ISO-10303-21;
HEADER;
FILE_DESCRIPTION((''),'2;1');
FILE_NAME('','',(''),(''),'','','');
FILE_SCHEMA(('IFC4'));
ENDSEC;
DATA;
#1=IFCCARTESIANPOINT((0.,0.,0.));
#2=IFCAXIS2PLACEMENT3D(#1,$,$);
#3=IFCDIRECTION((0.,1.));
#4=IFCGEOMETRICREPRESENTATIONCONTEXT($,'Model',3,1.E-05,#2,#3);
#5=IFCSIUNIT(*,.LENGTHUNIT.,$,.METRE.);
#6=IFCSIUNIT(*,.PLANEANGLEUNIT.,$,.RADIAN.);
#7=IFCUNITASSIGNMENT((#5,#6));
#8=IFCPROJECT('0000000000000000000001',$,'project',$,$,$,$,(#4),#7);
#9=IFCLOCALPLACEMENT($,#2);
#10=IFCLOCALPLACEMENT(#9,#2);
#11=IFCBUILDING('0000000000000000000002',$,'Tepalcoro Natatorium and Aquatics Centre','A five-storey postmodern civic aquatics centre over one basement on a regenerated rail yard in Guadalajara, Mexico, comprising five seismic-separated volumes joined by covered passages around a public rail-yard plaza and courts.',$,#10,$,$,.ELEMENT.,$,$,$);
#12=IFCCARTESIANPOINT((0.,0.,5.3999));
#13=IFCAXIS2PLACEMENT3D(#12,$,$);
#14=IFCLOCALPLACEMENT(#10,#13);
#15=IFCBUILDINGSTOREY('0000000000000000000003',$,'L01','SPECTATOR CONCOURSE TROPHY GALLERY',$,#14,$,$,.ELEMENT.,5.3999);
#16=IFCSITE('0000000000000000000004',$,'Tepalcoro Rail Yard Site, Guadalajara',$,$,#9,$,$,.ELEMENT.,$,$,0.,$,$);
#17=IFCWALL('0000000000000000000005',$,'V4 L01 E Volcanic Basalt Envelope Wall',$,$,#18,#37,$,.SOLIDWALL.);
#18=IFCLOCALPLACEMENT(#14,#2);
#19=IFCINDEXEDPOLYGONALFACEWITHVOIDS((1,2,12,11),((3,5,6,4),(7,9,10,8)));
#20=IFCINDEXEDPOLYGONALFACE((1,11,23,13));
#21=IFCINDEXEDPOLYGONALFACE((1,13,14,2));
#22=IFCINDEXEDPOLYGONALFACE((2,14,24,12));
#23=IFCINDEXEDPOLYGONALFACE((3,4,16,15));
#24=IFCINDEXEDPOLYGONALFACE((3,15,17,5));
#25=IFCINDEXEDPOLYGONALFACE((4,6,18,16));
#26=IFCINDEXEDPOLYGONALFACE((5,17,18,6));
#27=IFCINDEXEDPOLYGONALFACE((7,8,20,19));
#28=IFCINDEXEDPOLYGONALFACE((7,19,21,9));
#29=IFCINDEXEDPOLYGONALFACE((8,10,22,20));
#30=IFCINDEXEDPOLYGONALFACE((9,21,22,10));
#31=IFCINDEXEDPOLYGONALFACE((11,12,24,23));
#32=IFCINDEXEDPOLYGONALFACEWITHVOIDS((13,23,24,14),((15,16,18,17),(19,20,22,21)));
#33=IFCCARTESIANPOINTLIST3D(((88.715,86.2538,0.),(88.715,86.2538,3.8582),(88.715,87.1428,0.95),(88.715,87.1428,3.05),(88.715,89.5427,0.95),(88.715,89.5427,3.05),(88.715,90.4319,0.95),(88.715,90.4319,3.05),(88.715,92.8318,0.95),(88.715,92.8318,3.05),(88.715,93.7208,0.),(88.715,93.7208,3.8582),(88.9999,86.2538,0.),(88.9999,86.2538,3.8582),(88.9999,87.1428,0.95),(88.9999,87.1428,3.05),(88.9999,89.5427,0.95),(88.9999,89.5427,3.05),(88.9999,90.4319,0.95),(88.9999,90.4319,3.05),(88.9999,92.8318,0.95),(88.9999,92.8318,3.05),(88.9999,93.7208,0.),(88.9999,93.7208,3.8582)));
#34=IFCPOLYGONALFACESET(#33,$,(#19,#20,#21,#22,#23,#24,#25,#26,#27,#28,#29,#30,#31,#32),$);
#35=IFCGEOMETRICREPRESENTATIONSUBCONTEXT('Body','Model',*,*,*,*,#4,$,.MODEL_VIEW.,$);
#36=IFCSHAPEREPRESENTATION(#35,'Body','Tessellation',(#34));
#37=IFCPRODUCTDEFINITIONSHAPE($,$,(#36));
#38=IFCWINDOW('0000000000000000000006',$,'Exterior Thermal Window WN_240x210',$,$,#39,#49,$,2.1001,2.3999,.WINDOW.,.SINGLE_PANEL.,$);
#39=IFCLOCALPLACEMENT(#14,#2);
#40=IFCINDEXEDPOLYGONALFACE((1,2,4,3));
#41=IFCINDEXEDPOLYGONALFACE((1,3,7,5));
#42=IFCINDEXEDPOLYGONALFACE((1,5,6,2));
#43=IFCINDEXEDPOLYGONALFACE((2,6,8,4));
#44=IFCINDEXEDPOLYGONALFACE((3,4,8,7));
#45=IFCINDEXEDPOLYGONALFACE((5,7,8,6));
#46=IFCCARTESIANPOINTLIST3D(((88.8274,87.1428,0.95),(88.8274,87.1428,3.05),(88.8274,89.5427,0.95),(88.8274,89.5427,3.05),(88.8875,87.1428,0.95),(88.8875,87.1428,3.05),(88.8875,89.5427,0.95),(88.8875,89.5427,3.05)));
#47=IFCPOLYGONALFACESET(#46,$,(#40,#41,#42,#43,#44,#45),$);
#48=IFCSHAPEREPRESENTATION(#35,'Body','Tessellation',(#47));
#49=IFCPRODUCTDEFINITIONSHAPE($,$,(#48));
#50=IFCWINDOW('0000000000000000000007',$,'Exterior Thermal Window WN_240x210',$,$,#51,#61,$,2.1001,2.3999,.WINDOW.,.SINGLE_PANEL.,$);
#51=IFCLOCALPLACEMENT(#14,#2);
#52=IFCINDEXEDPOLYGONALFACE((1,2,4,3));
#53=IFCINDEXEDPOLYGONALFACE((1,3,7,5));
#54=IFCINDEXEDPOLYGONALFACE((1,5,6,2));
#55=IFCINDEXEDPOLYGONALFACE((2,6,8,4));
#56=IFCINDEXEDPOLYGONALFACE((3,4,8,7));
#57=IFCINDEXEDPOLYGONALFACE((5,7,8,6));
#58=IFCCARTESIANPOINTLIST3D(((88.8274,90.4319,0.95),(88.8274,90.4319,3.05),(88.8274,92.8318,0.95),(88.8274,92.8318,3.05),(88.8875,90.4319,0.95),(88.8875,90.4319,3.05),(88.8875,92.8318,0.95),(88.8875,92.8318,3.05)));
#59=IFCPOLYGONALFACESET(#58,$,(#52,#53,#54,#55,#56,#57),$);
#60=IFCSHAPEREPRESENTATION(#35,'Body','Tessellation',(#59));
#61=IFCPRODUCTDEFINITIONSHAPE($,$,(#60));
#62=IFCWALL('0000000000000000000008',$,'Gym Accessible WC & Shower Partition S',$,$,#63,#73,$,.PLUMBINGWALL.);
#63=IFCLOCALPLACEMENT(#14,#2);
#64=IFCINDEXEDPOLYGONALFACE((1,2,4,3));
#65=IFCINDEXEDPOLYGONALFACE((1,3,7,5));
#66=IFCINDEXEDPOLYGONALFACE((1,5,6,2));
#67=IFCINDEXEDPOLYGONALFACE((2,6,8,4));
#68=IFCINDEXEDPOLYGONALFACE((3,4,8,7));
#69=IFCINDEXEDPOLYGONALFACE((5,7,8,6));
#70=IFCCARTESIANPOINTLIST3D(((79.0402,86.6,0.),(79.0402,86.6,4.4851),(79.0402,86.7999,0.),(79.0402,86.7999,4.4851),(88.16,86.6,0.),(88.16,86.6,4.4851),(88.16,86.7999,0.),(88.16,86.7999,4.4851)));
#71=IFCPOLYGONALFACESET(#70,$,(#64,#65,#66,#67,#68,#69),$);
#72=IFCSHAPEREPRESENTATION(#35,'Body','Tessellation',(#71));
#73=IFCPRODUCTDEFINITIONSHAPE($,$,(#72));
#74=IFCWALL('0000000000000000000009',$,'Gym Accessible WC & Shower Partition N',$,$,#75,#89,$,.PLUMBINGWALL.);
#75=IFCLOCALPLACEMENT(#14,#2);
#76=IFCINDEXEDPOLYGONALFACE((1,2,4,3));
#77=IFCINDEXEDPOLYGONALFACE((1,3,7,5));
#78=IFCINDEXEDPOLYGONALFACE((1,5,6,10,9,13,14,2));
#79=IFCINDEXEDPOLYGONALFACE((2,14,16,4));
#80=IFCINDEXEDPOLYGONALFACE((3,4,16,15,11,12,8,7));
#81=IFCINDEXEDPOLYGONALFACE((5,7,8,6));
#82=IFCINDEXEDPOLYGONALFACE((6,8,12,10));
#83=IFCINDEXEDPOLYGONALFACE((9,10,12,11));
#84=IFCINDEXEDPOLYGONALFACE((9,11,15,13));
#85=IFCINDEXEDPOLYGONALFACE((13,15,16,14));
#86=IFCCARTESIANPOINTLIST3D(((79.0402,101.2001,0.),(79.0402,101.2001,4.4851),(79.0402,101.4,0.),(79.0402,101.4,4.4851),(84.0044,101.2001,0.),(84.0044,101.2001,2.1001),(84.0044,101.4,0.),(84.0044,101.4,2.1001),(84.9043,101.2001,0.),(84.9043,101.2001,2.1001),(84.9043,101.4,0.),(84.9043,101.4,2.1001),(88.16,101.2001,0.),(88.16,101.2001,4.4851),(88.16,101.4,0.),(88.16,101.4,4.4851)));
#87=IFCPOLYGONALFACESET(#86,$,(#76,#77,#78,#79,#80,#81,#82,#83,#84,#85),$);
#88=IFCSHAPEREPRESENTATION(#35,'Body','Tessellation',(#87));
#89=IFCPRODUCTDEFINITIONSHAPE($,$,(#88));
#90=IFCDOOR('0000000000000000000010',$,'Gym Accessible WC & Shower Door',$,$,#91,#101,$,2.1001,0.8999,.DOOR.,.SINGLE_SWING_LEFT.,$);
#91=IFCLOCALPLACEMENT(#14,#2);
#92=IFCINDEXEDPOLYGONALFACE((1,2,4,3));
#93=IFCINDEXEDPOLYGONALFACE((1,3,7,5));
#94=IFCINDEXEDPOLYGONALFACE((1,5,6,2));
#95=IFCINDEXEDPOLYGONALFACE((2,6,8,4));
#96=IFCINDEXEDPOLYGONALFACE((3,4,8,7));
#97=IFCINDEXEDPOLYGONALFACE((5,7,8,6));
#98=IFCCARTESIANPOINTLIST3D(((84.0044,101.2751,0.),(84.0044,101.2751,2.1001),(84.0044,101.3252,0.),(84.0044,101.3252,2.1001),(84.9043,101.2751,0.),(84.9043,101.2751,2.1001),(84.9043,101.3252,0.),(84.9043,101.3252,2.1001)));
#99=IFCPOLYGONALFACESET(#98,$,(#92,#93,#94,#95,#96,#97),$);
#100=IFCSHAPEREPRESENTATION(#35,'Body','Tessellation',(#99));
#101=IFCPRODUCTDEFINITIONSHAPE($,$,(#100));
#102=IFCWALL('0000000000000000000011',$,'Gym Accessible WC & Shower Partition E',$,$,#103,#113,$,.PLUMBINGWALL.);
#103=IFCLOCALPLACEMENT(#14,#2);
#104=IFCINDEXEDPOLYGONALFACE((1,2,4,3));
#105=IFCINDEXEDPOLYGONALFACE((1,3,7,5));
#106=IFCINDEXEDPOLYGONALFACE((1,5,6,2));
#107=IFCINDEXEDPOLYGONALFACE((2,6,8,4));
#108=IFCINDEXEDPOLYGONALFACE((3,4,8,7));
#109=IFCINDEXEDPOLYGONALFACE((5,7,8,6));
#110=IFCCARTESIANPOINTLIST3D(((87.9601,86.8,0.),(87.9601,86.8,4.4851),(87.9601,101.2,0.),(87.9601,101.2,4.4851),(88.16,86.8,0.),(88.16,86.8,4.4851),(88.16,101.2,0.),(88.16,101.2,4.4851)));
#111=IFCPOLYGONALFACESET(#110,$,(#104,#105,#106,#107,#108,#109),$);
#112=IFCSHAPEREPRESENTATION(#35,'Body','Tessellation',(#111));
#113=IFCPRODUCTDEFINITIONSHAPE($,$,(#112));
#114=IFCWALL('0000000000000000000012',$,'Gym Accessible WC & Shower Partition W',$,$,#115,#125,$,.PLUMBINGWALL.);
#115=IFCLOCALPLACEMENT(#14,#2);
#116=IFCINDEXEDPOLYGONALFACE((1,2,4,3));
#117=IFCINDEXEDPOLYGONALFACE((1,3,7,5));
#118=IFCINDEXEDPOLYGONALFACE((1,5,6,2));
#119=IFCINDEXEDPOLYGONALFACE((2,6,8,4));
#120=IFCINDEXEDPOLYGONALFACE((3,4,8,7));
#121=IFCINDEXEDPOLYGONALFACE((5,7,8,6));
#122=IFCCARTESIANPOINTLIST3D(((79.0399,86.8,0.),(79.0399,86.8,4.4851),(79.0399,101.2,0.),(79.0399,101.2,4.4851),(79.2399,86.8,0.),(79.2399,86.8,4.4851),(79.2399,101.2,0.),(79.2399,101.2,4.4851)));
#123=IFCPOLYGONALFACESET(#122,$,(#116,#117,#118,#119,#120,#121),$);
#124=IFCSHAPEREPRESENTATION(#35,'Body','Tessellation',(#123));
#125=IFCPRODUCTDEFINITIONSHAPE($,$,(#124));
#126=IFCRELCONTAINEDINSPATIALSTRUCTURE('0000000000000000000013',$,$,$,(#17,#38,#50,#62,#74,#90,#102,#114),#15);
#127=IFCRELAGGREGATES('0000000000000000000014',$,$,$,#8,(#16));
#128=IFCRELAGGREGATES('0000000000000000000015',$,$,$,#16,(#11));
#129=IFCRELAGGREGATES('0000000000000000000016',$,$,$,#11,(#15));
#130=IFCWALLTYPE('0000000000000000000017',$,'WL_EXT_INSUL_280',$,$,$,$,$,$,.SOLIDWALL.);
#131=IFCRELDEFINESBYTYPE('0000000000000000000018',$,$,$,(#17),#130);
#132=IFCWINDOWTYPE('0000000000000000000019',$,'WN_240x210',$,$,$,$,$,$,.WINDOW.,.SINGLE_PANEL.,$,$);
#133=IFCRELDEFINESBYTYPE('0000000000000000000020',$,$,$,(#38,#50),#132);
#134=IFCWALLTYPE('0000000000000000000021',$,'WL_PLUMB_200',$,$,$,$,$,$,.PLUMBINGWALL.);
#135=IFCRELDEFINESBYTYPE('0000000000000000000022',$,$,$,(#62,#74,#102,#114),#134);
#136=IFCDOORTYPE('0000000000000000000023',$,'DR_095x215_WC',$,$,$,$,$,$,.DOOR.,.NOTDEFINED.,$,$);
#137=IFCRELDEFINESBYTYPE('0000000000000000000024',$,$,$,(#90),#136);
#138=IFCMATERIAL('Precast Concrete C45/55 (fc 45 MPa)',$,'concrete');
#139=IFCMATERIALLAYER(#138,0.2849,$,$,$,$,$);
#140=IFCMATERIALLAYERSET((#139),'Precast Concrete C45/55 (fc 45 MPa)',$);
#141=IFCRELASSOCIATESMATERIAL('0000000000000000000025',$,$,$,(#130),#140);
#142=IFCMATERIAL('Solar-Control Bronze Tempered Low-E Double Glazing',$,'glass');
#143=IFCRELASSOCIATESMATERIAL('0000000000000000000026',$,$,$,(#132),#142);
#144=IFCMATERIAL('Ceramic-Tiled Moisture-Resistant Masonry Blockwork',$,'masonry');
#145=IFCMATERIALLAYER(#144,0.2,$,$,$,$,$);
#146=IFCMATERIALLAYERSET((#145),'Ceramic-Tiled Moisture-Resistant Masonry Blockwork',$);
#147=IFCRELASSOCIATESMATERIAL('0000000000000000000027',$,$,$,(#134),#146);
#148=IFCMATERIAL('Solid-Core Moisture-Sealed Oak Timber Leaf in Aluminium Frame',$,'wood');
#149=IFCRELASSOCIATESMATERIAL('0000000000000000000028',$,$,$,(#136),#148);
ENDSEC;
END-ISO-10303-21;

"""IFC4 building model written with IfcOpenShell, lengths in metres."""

from ifc_helpers import new_model, si_unit, direction, frame, frame_2d, origin, place, context, subcontext, project, spatial, rectangle, extrude, material, layer, layer_set, type_object, element, fill, save


model = new_model("IFC4")

# Units and contexts
model_context = context("Model", 3, precision=1e-05, world=origin(), true_north=direction((0.0, 1.0)))
body_context = subcontext(model_context, "Body", "Model", "MODEL_VIEW")
ifc_project = project(units=[si_unit("LENGTHUNIT", "METRE"), si_unit("PLANEANGLEUNIT", "RADIAN")], contexts=[model_context])

# Site, building, storey
site_placement = place(None, origin())
site = spatial("IfcSite", under=ifc_project, at=site_placement, Name="Tepalcoro Rail Yard Site, Guadalajara", CompositionType="ELEMENT", RefElevation=0.0)
building_placement = place(site_placement, origin())
building = spatial("IfcBuilding", under=site, at=building_placement, Name="Tepalcoro Natatorium and Aquatics Centre", Description="A five-storey postmodern civic aquatics centre over one basement on a regenerated rail yard in Guadalajara, Mexico, comprising five seismic-separated volumes joined by covered passages around a public rail-yard plaza and courts.", CompositionType="ELEMENT")
storey_placement = place(building_placement, frame((0.0, 0.0, 5.3999)))
storey = spatial("IfcBuildingStorey", under=building, at=storey_placement, Name="L01", Description="SPECTATOR CONCOURSE TROPHY GALLERY", CompositionType="ELEMENT", Elevation=5.3999)

# Wall, openings, windows
ifc_material_1 = material(Name="Precast Concrete C45/55 (fc 45 MPa)", Category="concrete")
ifc_layer_1 = layer(ifc_material_1, 0.2849)
ifc_layer_set_1 = layer_set([ifc_layer_1], Name="Precast Concrete C45/55 (fc 45 MPa)")
wall_type_1 = type_object("IfcWallType", Name="WL_EXT_INSUL_280", PredefinedType="SOLIDWALL", material=ifc_layer_set_1)
wall_1_placement = place(storey_placement, frame((88.8574, 86.2539, 0.0), z_axis=(0.0, 0.0, 1.0), x_axis=(0.0, 1.0, 0.0)))
wall_1 = element("IfcWall", 1, at=wall_1_placement, inside=storey, type_object=wall_type_1, Name="V4 L01 E Volcanic Basalt Envelope Wall", PredefinedType="SOLIDWALL", context=body_context, shape_type="SweptSolid", body=[
    extrude(rectangle(XDim=7.467, YDim=0.2849, at=frame_2d((3.7334, 0.0))), origin(), (0.0, 0.0, 1.0), 3.8582),
])
opening_1_placement = place(wall_1_placement, frame((0.8889, 0.0, 0.95)))
opening_1 = element("IfcOpeningElement", 2, at=opening_1_placement, cuts=wall_1, PredefinedType="OPENING", context=body_context, shape_type="SweptSolid", body=[
    extrude(rectangle(XDim=2.3999, YDim=2.1001, at=frame_2d((1.2, 1.05))), frame((0.0, 0.1543, 0.0), z_axis=(0.0, -1.0, 0.0), x_axis=(1.0, 0.0, 0.0)), (0.0, 0.0, 1.0), 0.3088),
])
opening_2_placement = place(wall_1_placement, frame((4.178, 0.0, 0.95)))
opening_2 = element("IfcOpeningElement", 3, at=opening_2_placement, cuts=wall_1, PredefinedType="OPENING", context=body_context, shape_type="SweptSolid", body=[
    extrude(rectangle(XDim=2.3999, YDim=2.1001, at=frame_2d((1.2, 1.05))), frame((0.0, 0.1543, 0.0), z_axis=(0.0, -1.0, 0.0), x_axis=(1.0, 0.0, 0.0)), (0.0, 0.0, 1.0), 0.3088),
])
ifc_material_2 = material(Name="Solar-Control Bronze Tempered Low-E Double Glazing", Category="glass")
window_type = type_object("IfcWindowType", Name="WN_240x210", PartitioningType="SINGLE_PANEL", PredefinedType="WINDOW", material=ifc_material_2)
window_1_placement = place(opening_1_placement, origin())
window_1 = element("IfcWindow", 4, at=window_1_placement, inside=storey, type_object=window_type, Name="Exterior Thermal Window WN_240x210", OverallHeight=2.1001, OverallWidth=2.3999, PartitioningType="SINGLE_PANEL", PredefinedType="WINDOW", context=body_context, shape_type="SweptSolid", body=[
    extrude(rectangle(XDim=2.3999, YDim=2.1001, at=frame_2d((1.2, 1.05))), frame((0.0, 0.03, 0.0), z_axis=(0.0, -1.0, 0.0), x_axis=(1.0, 0.0, 0.0)), (0.0, 0.0, 1.0), 0.0601),
])
fill(opening_1, window_1)
window_2_placement = place(opening_2_placement, origin())
window_2 = element("IfcWindow", 5, at=window_2_placement, inside=storey, type_object=window_type, Name="Exterior Thermal Window WN_240x210", OverallHeight=2.1001, OverallWidth=2.3999, PartitioningType="SINGLE_PANEL", PredefinedType="WINDOW", context=body_context, shape_type="SweptSolid", body=[
    extrude(rectangle(XDim=2.3999, YDim=2.1001, at=frame_2d((1.2, 1.05))), frame((0.0, 0.03, 0.0), z_axis=(0.0, -1.0, 0.0), x_axis=(1.0, 0.0, 0.0)), (0.0, 0.0, 1.0), 0.0601),
])
fill(opening_2, window_2)

# Wall
ifc_material_3 = material(Name="Ceramic-Tiled Moisture-Resistant Masonry Blockwork", Category="masonry")
ifc_layer_2 = layer(ifc_material_3, 0.2)
ifc_layer_set_2 = layer_set([ifc_layer_2], Name="Ceramic-Tiled Moisture-Resistant Masonry Blockwork")
wall_type_2 = type_object("IfcWallType", Name="WL_PLUMB_200", PredefinedType="PLUMBINGWALL", material=ifc_layer_set_2)
wall_2_placement = place(storey_placement, frame((79.04, 86.7, 0.0), z_axis=(0.0, 0.0, 1.0), x_axis=(1.0, 0.0, 0.0)))
element("IfcWall", 6, at=wall_2_placement, inside=storey, type_object=wall_type_2, Name="Gym Accessible WC & Shower Partition S", PredefinedType="PLUMBINGWALL", context=body_context, shape_type="SweptSolid", body=[
    extrude(rectangle(XDim=9.1199, YDim=0.2, at=frame_2d((4.5601, 0.0))), origin(), (0.0, 0.0, 1.0), 4.4851),
])

# Wall, opening, door
wall_3_placement = place(storey_placement, frame((79.04, 101.3, 0.0), z_axis=(0.0, 0.0, 1.0), x_axis=(1.0, 0.0, 0.0)))
wall_3 = element("IfcWall", 7, at=wall_3_placement, inside=storey, type_object=wall_type_2, Name="Gym Accessible WC & Shower Partition N", PredefinedType="PLUMBINGWALL", context=body_context, shape_type="SweptSolid", body=[
    extrude(rectangle(XDim=9.1199, YDim=0.2, at=frame_2d((4.5601, 0.0))), origin(), (0.0, 0.0, 1.0), 4.4851),
])
opening_3_placement = place(wall_3_placement, frame((4.9644, 0.0, 0.0)))
opening_3 = element("IfcOpeningElement", 8, at=opening_3_placement, cuts=wall_3, PredefinedType="OPENING", context=body_context, shape_type="SweptSolid", body=[
    extrude(rectangle(XDim=0.8999, YDim=2.1001, at=frame_2d((0.45, 1.05))), frame((0.0, 0.1118, 0.0), z_axis=(0.0, -1.0, 0.0), x_axis=(1.0, 0.0, 0.0)), (0.0, 0.0, 1.0), 0.2239),
])
ifc_material_4 = material(Name="Solid-Core Moisture-Sealed Oak Timber Leaf in Aluminium Frame", Category="wood")
door_type_1 = type_object("IfcDoorType", Name="DR_095x215_WC", OperationType="NOTDEFINED", PredefinedType="DOOR", material=ifc_material_4)
door_1_placement = place(opening_3_placement, frame((0.8999, 0.0, 0.0), z_axis=(0.0, 0.0, 1.0), x_axis=(-1.0, 0.0, 0.0)))
door_1 = element("IfcDoor", 9, at=door_1_placement, inside=storey, type_object=door_type_1, Name="Gym Accessible WC & Shower Door", OperationType="SINGLE_SWING_LEFT", OverallHeight=2.1001, OverallWidth=0.8999, PredefinedType="DOOR", context=body_context, shape_type="SweptSolid", body=[
    extrude(rectangle(XDim=0.8999, YDim=2.1001, at=frame_2d((0.45, 1.05))), frame((0.0, 0.0249, 0.0), z_axis=(0.0, -1.0, 0.0), x_axis=(1.0, 0.0, 0.0)), (0.0, 0.0, 1.0), 0.05),
])
fill(opening_3, door_1)

# Walls
for number, where, z_axis, x_axis, name in (
    (10, (88.0601, 86.8, 0.0), (0.0, 0.0, 1.0), (0.0, 1.0, 0.0), "Gym Accessible WC & Shower Partition E"),
    (11, (79.1399, 86.8, 0.0), (0.0, 0.0, 1.0), (0.0, 1.0, 0.0), "Gym Accessible WC & Shower Partition W"),
):
    element("IfcWall", number, at=place(storey_placement, frame(where, z_axis=z_axis, x_axis=x_axis)), inside=storey, type_object=wall_type_2, Name=name, PredefinedType="PLUMBINGWALL", context=body_context, shape_type="SweptSolid", body=[
        extrude(rectangle(XDim=14.3999, YDim=0.2, at=frame_2d((7.2, 0.0))), origin(), (0.0, 0.0, 1.0), 4.4851),
    ])

save(model, "model.ifc")
